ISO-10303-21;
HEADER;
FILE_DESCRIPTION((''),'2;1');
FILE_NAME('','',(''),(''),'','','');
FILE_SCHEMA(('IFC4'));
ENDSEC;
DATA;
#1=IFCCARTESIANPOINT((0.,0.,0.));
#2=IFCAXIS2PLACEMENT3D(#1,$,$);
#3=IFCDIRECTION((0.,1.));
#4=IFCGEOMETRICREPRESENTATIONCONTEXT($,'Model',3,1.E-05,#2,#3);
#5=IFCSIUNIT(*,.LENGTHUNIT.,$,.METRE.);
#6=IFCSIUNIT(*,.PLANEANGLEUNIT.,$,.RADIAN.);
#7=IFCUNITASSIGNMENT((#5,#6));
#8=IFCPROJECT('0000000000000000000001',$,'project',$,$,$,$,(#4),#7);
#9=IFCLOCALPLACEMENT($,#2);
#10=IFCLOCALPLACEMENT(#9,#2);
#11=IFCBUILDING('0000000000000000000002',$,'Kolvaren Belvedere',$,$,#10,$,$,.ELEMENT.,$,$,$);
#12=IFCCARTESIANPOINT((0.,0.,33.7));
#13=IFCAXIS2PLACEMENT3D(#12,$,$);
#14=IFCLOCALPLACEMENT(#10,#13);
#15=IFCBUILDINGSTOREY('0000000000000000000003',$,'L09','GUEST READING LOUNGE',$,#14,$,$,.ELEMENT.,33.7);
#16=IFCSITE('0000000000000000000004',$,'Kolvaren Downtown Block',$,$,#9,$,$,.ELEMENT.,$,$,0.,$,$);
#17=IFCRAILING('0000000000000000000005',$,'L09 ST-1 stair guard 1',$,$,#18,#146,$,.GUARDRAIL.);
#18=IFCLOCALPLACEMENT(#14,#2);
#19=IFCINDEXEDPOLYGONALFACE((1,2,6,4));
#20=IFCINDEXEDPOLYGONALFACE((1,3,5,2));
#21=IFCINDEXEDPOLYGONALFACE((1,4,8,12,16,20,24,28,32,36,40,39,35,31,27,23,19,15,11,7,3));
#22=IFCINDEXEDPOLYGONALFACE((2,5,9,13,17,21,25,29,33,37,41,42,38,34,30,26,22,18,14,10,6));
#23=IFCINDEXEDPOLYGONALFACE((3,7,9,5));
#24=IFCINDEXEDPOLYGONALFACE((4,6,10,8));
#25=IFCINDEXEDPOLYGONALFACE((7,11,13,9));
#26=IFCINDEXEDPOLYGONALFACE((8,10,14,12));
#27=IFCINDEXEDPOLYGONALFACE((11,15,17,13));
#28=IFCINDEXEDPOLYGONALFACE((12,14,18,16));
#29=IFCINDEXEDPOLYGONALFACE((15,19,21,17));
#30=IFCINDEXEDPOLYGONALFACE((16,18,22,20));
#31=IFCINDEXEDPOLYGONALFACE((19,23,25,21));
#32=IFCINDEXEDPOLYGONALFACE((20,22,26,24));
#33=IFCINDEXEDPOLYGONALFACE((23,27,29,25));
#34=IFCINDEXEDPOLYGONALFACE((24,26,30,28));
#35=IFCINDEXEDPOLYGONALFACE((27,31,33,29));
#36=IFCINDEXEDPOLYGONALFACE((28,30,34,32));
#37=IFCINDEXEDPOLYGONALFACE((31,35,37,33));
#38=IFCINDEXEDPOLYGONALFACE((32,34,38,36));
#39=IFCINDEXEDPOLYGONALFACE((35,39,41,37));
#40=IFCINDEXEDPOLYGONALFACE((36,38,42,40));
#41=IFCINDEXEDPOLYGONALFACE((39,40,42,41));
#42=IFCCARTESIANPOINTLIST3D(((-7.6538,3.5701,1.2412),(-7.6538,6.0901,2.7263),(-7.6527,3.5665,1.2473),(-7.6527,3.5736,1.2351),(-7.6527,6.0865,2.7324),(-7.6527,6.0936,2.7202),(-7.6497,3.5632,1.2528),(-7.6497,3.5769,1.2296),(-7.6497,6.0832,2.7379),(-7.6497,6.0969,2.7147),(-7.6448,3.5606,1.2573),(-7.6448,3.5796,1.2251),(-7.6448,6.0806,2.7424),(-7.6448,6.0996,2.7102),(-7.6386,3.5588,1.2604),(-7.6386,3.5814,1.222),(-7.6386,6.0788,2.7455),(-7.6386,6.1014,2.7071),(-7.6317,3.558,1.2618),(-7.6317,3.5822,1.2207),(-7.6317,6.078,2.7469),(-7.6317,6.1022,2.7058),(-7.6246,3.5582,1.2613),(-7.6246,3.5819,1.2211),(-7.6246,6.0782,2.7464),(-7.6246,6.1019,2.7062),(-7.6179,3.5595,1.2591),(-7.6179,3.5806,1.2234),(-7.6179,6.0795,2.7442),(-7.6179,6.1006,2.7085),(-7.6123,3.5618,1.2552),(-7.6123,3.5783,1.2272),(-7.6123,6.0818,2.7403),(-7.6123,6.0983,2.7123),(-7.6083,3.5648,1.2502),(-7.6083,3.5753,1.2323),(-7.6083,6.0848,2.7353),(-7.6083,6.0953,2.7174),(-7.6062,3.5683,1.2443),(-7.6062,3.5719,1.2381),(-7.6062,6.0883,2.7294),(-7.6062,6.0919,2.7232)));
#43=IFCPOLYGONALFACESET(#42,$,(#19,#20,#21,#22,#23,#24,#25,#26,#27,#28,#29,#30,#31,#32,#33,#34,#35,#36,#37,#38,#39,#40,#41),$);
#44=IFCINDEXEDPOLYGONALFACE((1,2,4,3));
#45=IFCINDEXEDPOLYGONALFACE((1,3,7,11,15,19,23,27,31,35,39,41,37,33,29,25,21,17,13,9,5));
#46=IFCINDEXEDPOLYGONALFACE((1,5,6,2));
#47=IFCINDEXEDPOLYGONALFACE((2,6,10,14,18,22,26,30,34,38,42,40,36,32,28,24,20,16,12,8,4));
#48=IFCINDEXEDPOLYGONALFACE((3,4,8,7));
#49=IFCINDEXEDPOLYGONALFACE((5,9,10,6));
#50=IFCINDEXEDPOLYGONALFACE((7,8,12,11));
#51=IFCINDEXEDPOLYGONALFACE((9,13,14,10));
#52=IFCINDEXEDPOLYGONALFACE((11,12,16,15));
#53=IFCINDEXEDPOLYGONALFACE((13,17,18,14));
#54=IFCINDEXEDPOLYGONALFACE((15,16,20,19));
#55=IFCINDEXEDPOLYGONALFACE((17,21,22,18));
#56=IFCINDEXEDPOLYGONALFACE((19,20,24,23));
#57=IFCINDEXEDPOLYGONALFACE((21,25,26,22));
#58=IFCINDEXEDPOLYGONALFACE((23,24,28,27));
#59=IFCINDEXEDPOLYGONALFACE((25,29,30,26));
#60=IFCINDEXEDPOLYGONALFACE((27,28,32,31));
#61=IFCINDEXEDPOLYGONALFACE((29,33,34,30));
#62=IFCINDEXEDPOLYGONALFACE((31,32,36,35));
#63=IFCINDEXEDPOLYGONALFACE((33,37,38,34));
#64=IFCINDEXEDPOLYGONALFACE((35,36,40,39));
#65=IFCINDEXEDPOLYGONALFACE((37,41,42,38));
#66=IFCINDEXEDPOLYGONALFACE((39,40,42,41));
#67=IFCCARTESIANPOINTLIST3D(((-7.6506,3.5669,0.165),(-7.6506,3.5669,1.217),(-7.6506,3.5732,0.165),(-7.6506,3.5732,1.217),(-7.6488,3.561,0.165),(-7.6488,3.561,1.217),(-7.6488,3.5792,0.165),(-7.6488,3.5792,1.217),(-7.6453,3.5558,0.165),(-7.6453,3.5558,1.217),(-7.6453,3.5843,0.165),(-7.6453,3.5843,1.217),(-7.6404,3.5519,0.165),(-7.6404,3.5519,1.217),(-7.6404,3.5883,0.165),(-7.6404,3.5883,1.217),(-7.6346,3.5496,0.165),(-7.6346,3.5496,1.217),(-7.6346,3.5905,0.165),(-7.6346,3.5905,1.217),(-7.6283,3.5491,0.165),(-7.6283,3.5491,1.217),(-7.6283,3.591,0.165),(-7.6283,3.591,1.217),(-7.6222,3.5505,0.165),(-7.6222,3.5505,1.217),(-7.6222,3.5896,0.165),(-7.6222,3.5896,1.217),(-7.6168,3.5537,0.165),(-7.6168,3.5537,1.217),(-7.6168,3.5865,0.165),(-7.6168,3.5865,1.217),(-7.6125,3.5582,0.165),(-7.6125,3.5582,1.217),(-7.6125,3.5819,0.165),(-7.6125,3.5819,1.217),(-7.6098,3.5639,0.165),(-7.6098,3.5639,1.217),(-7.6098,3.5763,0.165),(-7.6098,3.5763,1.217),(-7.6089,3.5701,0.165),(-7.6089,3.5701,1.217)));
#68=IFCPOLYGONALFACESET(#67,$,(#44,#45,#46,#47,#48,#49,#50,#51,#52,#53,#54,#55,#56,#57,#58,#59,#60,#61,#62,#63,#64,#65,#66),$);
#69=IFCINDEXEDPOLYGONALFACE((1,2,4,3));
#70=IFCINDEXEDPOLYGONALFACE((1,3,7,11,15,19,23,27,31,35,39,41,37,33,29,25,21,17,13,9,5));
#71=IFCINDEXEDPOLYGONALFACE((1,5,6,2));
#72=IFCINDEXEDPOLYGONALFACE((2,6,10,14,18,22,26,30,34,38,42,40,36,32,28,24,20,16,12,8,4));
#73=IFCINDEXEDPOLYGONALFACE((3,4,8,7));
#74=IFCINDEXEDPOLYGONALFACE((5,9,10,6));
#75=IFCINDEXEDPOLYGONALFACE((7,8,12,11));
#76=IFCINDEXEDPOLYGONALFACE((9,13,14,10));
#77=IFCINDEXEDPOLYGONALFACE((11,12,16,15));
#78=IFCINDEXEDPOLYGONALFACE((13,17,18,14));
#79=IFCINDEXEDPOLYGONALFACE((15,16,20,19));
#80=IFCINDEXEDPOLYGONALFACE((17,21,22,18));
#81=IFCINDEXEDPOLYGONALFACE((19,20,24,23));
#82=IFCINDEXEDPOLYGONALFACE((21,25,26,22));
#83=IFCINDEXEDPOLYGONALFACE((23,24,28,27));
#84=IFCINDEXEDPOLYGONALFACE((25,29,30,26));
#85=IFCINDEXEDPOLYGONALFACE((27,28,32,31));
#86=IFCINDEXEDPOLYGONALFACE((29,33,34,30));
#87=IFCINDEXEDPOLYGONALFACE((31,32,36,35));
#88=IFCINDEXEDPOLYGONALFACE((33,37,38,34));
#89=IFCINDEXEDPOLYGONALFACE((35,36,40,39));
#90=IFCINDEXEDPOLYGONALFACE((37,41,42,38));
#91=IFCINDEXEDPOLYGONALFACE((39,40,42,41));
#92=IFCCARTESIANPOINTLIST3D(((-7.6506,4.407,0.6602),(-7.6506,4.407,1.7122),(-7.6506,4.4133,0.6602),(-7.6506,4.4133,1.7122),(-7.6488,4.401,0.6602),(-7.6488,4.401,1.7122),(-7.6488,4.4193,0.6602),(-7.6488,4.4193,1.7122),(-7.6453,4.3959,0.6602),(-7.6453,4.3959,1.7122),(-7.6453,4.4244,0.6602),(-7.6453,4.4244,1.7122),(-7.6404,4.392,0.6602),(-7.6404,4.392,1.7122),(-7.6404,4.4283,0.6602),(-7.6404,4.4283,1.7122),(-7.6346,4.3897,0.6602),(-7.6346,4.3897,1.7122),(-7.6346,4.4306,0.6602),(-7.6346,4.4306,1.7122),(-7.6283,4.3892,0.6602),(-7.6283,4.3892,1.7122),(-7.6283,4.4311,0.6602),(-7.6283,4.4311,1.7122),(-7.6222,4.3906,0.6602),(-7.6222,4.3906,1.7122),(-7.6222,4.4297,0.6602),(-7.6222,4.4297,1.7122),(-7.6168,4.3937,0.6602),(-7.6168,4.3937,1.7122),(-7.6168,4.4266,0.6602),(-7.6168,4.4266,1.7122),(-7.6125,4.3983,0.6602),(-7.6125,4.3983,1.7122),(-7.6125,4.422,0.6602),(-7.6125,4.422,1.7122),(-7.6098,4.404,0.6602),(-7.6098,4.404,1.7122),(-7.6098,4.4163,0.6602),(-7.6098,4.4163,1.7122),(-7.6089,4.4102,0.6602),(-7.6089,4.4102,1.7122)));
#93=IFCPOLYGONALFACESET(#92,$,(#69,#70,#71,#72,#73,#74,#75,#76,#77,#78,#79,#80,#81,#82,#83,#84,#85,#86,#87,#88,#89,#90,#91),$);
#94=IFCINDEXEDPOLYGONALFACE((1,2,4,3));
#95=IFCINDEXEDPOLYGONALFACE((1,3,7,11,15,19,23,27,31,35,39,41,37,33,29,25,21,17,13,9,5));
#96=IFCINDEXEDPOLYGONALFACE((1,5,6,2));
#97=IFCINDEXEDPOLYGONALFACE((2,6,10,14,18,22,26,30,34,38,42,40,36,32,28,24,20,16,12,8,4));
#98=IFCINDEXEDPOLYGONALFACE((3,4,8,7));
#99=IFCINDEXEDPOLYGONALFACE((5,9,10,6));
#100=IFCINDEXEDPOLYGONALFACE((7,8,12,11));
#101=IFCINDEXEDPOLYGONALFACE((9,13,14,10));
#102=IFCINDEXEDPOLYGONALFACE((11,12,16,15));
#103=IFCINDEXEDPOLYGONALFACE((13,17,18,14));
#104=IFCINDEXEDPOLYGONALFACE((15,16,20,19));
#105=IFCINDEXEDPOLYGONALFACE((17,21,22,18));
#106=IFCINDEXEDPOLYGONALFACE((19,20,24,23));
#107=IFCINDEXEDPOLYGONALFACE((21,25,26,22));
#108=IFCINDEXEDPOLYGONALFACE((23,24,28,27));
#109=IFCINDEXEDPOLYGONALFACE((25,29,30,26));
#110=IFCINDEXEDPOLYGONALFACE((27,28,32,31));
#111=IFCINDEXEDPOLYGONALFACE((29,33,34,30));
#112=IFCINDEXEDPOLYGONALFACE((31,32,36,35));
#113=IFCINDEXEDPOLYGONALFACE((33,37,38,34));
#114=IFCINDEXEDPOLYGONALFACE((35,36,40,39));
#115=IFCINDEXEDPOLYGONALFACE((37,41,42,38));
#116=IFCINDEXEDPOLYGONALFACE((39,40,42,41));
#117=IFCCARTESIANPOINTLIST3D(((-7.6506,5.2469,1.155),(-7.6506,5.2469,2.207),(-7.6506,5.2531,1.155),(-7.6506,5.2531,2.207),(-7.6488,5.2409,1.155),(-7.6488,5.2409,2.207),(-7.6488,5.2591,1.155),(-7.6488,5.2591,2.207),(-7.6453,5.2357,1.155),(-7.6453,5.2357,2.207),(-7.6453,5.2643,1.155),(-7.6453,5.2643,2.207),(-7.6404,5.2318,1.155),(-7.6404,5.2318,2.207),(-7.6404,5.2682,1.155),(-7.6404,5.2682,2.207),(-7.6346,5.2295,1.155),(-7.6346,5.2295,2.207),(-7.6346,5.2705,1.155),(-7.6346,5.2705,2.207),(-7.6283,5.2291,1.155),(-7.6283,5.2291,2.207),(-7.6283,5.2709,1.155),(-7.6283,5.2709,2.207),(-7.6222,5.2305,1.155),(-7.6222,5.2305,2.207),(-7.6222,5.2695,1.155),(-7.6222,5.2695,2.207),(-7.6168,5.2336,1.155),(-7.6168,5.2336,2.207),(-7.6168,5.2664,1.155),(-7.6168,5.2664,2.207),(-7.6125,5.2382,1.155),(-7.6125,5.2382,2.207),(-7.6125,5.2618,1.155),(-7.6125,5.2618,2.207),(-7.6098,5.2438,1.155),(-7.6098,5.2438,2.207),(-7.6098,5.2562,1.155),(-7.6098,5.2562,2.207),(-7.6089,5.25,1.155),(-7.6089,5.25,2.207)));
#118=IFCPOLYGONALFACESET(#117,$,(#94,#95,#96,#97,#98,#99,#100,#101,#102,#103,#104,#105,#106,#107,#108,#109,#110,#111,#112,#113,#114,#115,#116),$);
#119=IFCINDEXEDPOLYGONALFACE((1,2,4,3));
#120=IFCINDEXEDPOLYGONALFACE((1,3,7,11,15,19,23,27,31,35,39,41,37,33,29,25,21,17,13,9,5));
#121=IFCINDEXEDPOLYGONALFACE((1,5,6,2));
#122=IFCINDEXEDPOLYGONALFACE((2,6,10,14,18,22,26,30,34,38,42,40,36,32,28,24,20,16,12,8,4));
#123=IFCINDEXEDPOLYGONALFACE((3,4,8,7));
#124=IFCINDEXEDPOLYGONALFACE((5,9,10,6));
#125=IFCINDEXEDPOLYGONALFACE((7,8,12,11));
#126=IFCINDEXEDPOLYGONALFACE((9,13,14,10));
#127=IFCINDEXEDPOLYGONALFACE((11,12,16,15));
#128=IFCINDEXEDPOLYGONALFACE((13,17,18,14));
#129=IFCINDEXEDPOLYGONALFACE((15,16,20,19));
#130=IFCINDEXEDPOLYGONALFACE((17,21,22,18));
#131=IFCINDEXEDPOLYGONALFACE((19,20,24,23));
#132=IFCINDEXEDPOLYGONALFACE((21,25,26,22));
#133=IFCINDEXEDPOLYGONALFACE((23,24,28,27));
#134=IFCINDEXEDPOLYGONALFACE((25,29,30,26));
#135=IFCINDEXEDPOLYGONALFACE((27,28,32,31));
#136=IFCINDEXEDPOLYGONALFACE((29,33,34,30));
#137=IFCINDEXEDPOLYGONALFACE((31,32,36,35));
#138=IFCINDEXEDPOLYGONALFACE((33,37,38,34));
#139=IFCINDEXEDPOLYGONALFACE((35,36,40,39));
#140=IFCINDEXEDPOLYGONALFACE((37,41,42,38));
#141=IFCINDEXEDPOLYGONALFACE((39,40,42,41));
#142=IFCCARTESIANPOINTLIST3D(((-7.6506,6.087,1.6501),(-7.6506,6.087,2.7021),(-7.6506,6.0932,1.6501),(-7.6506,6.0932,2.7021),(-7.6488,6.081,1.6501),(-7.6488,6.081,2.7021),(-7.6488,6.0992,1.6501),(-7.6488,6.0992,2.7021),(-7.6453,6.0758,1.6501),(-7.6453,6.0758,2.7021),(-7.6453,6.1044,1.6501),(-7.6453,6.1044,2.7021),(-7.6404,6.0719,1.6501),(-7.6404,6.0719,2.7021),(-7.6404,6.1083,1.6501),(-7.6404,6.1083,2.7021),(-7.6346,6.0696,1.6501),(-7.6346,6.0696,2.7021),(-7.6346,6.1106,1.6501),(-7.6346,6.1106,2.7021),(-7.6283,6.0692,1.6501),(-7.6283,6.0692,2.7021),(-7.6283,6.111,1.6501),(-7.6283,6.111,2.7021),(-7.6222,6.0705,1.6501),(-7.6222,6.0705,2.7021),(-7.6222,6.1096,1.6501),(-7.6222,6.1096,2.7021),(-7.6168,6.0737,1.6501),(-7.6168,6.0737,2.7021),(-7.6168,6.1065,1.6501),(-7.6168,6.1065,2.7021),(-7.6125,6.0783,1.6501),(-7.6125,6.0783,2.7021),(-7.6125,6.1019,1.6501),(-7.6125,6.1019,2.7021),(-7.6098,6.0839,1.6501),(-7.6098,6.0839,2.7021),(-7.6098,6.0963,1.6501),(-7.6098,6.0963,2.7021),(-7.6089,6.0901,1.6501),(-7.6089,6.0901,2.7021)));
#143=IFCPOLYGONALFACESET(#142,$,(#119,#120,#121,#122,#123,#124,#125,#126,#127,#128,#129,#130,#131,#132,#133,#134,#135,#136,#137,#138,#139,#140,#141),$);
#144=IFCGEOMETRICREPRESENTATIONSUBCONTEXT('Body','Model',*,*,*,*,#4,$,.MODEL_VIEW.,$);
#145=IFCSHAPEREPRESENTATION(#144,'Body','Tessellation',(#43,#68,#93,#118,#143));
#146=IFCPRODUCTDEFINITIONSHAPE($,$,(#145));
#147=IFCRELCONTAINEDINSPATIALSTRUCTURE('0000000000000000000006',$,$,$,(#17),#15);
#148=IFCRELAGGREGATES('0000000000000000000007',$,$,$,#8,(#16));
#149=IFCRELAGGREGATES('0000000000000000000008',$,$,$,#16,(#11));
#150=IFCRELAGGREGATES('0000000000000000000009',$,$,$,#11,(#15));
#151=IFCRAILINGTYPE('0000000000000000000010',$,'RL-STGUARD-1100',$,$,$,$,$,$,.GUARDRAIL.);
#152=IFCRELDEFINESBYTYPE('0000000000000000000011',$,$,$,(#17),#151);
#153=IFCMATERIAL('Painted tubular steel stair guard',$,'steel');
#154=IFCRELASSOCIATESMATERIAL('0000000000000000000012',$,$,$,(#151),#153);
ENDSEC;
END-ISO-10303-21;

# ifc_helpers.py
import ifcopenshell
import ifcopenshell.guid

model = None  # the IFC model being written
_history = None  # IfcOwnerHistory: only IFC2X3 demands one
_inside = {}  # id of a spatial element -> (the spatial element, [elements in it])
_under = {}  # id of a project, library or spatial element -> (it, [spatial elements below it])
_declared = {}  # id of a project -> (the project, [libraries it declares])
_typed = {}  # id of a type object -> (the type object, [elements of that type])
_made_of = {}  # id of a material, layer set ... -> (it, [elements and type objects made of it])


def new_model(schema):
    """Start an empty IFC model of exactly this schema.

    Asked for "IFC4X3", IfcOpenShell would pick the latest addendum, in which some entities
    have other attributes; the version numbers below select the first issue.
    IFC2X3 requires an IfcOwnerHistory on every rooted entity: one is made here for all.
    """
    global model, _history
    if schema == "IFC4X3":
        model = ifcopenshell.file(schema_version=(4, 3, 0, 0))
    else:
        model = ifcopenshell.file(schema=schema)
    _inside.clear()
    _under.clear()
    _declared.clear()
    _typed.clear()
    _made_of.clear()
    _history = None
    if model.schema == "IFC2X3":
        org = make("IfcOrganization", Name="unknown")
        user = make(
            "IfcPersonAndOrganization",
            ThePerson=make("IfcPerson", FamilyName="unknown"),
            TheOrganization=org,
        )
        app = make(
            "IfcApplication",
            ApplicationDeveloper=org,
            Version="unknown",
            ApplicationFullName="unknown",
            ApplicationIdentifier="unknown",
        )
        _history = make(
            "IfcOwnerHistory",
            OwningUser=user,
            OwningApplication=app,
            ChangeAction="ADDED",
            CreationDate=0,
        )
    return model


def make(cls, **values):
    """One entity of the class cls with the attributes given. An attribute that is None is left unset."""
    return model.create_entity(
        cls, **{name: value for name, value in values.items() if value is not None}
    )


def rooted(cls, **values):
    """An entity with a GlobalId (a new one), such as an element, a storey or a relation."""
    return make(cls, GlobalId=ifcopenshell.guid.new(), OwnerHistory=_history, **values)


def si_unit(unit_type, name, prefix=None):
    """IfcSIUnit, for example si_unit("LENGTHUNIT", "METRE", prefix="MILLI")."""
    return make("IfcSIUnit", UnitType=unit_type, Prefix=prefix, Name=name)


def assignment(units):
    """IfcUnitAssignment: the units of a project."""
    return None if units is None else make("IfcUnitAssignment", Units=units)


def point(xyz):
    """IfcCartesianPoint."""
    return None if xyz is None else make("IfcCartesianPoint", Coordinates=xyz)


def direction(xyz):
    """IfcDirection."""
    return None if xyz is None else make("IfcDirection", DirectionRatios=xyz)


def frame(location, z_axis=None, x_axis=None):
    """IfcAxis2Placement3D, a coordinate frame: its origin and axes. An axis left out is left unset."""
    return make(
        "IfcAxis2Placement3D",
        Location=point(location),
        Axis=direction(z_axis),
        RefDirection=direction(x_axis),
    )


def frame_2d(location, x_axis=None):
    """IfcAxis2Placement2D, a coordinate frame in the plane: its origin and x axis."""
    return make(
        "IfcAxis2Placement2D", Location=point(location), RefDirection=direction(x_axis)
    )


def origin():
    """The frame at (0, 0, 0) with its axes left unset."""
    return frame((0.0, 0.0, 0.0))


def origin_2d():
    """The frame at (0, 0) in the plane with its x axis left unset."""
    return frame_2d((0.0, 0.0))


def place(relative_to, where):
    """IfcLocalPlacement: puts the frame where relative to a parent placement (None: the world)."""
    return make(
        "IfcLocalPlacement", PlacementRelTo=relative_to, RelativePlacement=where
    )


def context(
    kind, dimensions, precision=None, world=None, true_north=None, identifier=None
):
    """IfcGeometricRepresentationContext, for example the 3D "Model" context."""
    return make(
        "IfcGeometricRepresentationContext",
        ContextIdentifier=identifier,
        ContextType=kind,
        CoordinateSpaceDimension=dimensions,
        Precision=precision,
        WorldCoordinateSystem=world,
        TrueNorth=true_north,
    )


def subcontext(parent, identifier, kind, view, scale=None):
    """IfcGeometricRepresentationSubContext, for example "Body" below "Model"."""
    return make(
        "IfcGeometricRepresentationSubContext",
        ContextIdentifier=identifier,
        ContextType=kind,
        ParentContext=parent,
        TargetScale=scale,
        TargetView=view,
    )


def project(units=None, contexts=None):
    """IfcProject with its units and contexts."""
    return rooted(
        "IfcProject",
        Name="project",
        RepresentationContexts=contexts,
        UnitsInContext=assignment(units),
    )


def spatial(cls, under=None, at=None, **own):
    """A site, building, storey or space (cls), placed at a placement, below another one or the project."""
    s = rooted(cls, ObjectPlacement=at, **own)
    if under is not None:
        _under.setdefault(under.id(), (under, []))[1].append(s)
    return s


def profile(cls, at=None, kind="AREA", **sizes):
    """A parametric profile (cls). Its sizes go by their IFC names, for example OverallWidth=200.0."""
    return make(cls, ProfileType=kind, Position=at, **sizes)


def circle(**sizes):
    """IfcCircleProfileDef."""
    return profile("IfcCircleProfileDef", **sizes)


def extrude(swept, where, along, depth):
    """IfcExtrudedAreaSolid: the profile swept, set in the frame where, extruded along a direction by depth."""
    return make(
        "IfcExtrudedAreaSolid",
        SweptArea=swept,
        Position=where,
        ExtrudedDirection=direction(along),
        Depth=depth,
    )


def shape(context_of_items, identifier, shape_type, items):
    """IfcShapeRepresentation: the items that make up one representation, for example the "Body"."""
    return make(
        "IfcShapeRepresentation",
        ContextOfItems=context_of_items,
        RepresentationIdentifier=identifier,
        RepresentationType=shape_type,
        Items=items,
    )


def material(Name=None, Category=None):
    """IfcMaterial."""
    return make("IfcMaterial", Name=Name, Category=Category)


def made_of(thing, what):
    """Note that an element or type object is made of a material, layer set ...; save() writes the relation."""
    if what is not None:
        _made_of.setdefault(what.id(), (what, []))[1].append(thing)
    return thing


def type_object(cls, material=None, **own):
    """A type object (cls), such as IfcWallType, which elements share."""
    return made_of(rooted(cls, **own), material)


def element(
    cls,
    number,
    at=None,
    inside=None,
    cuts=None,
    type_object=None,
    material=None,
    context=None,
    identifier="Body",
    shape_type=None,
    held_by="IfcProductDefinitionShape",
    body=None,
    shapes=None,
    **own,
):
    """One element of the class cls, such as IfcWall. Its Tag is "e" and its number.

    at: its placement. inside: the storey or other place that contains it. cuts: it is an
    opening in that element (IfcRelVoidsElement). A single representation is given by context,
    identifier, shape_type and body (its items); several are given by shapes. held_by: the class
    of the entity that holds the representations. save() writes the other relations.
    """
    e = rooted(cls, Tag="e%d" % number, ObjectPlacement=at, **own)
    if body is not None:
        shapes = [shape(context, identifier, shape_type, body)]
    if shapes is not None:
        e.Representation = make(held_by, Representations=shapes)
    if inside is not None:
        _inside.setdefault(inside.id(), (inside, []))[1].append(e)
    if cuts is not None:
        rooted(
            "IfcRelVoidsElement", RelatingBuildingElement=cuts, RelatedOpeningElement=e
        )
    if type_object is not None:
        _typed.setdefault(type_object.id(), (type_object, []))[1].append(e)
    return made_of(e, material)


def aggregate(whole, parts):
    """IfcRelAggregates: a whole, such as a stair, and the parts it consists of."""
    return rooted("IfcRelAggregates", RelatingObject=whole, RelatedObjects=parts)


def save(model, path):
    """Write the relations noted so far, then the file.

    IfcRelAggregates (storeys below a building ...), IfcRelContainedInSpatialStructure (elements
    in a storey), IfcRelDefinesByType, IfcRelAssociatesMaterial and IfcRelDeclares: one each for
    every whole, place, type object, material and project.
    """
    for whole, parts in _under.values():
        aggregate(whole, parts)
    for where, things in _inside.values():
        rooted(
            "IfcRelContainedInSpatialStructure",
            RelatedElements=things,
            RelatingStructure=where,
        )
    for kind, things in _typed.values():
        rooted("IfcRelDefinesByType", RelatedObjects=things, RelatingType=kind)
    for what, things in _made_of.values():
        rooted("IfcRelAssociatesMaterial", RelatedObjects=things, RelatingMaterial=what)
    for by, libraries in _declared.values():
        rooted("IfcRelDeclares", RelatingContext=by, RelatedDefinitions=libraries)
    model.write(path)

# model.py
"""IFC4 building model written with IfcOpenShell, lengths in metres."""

from ifc_helpers import new_model, si_unit, direction, frame, origin, origin_2d, place, context, subcontext, project, spatial, circle, extrude, material, type_object, element, save


model = new_model("IFC4")

# Units and contexts
model_context = context("Model", 3, precision=1e-05, world=origin(), true_north=direction((0.0, 1.0)))
body_context = subcontext(model_context, "Body", "Model", "MODEL_VIEW")
ifc_project = project(units=[si_unit("LENGTHUNIT", "METRE"), si_unit("PLANEANGLEUNIT", "RADIAN")], contexts=[model_context])

# Site, building, storey
site_placement = place(None, origin())
site = spatial("IfcSite", under=ifc_project, at=site_placement, Name="Kolvaren Downtown Block", CompositionType="ELEMENT", RefElevation=0.0)
building_placement = place(site_placement, origin())
building = spatial("IfcBuilding", under=site, at=building_placement, Name="Kolvaren Belvedere", CompositionType="ELEMENT")
storey_placement = place(building_placement, frame((0.0, 0.0, 33.7)))
storey = spatial("IfcBuildingStorey", under=building, at=storey_placement, Name="L09", Description="GUEST READING LOUNGE", CompositionType="ELEMENT", Elevation=33.7)

# Railing
ifc_material_1 = material(Name="Painted tubular steel stair guard", Category="steel")
railing_type_1 = type_object("IfcRailingType", Name="RL-STGUARD-1100", PredefinedType="GUARDRAIL", material=ifc_material_1)
railing_1_placement = place(storey_placement, frame((-7.6299, 3.5701, 0.165)))
element("IfcRailing", 1, at=railing_1_placement, inside=storey, type_object=railing_type_1, Name="L09 ST-1 stair guard 1", PredefinedType="GUARDRAIL", context=body_context, shape_type="SweptSolid", body=[
    extrude(circle(Radius=0.0239, at=origin_2d()), frame((0.0, 0.0, 1.0762), z_axis=(0.0, 0.861524, 0.507717), x_axis=(-1.0, 0.0, 0.0)), (0.0, 0.0, 1.0), 2.925),
    extrude(circle(Radius=0.021, at=origin_2d()), origin(), (0.0, 0.0, 1.0), 1.052),
    extrude(circle(Radius=0.021, at=origin_2d()), frame((0.0, 0.8401, 0.4951)), (0.0, 0.0, 1.0), 1.052),
    extrude(circle(Radius=0.021, at=origin_2d()), frame((0.0, 1.6799, 0.99)), (0.0, 0.0, 1.0), 1.052),
    extrude(circle(Radius=0.021, at=origin_2d()), frame((0.0, 2.52, 1.4851)), (0.0, 0.0, 1.0), 1.052),
])

save(model, "model.ifc")
